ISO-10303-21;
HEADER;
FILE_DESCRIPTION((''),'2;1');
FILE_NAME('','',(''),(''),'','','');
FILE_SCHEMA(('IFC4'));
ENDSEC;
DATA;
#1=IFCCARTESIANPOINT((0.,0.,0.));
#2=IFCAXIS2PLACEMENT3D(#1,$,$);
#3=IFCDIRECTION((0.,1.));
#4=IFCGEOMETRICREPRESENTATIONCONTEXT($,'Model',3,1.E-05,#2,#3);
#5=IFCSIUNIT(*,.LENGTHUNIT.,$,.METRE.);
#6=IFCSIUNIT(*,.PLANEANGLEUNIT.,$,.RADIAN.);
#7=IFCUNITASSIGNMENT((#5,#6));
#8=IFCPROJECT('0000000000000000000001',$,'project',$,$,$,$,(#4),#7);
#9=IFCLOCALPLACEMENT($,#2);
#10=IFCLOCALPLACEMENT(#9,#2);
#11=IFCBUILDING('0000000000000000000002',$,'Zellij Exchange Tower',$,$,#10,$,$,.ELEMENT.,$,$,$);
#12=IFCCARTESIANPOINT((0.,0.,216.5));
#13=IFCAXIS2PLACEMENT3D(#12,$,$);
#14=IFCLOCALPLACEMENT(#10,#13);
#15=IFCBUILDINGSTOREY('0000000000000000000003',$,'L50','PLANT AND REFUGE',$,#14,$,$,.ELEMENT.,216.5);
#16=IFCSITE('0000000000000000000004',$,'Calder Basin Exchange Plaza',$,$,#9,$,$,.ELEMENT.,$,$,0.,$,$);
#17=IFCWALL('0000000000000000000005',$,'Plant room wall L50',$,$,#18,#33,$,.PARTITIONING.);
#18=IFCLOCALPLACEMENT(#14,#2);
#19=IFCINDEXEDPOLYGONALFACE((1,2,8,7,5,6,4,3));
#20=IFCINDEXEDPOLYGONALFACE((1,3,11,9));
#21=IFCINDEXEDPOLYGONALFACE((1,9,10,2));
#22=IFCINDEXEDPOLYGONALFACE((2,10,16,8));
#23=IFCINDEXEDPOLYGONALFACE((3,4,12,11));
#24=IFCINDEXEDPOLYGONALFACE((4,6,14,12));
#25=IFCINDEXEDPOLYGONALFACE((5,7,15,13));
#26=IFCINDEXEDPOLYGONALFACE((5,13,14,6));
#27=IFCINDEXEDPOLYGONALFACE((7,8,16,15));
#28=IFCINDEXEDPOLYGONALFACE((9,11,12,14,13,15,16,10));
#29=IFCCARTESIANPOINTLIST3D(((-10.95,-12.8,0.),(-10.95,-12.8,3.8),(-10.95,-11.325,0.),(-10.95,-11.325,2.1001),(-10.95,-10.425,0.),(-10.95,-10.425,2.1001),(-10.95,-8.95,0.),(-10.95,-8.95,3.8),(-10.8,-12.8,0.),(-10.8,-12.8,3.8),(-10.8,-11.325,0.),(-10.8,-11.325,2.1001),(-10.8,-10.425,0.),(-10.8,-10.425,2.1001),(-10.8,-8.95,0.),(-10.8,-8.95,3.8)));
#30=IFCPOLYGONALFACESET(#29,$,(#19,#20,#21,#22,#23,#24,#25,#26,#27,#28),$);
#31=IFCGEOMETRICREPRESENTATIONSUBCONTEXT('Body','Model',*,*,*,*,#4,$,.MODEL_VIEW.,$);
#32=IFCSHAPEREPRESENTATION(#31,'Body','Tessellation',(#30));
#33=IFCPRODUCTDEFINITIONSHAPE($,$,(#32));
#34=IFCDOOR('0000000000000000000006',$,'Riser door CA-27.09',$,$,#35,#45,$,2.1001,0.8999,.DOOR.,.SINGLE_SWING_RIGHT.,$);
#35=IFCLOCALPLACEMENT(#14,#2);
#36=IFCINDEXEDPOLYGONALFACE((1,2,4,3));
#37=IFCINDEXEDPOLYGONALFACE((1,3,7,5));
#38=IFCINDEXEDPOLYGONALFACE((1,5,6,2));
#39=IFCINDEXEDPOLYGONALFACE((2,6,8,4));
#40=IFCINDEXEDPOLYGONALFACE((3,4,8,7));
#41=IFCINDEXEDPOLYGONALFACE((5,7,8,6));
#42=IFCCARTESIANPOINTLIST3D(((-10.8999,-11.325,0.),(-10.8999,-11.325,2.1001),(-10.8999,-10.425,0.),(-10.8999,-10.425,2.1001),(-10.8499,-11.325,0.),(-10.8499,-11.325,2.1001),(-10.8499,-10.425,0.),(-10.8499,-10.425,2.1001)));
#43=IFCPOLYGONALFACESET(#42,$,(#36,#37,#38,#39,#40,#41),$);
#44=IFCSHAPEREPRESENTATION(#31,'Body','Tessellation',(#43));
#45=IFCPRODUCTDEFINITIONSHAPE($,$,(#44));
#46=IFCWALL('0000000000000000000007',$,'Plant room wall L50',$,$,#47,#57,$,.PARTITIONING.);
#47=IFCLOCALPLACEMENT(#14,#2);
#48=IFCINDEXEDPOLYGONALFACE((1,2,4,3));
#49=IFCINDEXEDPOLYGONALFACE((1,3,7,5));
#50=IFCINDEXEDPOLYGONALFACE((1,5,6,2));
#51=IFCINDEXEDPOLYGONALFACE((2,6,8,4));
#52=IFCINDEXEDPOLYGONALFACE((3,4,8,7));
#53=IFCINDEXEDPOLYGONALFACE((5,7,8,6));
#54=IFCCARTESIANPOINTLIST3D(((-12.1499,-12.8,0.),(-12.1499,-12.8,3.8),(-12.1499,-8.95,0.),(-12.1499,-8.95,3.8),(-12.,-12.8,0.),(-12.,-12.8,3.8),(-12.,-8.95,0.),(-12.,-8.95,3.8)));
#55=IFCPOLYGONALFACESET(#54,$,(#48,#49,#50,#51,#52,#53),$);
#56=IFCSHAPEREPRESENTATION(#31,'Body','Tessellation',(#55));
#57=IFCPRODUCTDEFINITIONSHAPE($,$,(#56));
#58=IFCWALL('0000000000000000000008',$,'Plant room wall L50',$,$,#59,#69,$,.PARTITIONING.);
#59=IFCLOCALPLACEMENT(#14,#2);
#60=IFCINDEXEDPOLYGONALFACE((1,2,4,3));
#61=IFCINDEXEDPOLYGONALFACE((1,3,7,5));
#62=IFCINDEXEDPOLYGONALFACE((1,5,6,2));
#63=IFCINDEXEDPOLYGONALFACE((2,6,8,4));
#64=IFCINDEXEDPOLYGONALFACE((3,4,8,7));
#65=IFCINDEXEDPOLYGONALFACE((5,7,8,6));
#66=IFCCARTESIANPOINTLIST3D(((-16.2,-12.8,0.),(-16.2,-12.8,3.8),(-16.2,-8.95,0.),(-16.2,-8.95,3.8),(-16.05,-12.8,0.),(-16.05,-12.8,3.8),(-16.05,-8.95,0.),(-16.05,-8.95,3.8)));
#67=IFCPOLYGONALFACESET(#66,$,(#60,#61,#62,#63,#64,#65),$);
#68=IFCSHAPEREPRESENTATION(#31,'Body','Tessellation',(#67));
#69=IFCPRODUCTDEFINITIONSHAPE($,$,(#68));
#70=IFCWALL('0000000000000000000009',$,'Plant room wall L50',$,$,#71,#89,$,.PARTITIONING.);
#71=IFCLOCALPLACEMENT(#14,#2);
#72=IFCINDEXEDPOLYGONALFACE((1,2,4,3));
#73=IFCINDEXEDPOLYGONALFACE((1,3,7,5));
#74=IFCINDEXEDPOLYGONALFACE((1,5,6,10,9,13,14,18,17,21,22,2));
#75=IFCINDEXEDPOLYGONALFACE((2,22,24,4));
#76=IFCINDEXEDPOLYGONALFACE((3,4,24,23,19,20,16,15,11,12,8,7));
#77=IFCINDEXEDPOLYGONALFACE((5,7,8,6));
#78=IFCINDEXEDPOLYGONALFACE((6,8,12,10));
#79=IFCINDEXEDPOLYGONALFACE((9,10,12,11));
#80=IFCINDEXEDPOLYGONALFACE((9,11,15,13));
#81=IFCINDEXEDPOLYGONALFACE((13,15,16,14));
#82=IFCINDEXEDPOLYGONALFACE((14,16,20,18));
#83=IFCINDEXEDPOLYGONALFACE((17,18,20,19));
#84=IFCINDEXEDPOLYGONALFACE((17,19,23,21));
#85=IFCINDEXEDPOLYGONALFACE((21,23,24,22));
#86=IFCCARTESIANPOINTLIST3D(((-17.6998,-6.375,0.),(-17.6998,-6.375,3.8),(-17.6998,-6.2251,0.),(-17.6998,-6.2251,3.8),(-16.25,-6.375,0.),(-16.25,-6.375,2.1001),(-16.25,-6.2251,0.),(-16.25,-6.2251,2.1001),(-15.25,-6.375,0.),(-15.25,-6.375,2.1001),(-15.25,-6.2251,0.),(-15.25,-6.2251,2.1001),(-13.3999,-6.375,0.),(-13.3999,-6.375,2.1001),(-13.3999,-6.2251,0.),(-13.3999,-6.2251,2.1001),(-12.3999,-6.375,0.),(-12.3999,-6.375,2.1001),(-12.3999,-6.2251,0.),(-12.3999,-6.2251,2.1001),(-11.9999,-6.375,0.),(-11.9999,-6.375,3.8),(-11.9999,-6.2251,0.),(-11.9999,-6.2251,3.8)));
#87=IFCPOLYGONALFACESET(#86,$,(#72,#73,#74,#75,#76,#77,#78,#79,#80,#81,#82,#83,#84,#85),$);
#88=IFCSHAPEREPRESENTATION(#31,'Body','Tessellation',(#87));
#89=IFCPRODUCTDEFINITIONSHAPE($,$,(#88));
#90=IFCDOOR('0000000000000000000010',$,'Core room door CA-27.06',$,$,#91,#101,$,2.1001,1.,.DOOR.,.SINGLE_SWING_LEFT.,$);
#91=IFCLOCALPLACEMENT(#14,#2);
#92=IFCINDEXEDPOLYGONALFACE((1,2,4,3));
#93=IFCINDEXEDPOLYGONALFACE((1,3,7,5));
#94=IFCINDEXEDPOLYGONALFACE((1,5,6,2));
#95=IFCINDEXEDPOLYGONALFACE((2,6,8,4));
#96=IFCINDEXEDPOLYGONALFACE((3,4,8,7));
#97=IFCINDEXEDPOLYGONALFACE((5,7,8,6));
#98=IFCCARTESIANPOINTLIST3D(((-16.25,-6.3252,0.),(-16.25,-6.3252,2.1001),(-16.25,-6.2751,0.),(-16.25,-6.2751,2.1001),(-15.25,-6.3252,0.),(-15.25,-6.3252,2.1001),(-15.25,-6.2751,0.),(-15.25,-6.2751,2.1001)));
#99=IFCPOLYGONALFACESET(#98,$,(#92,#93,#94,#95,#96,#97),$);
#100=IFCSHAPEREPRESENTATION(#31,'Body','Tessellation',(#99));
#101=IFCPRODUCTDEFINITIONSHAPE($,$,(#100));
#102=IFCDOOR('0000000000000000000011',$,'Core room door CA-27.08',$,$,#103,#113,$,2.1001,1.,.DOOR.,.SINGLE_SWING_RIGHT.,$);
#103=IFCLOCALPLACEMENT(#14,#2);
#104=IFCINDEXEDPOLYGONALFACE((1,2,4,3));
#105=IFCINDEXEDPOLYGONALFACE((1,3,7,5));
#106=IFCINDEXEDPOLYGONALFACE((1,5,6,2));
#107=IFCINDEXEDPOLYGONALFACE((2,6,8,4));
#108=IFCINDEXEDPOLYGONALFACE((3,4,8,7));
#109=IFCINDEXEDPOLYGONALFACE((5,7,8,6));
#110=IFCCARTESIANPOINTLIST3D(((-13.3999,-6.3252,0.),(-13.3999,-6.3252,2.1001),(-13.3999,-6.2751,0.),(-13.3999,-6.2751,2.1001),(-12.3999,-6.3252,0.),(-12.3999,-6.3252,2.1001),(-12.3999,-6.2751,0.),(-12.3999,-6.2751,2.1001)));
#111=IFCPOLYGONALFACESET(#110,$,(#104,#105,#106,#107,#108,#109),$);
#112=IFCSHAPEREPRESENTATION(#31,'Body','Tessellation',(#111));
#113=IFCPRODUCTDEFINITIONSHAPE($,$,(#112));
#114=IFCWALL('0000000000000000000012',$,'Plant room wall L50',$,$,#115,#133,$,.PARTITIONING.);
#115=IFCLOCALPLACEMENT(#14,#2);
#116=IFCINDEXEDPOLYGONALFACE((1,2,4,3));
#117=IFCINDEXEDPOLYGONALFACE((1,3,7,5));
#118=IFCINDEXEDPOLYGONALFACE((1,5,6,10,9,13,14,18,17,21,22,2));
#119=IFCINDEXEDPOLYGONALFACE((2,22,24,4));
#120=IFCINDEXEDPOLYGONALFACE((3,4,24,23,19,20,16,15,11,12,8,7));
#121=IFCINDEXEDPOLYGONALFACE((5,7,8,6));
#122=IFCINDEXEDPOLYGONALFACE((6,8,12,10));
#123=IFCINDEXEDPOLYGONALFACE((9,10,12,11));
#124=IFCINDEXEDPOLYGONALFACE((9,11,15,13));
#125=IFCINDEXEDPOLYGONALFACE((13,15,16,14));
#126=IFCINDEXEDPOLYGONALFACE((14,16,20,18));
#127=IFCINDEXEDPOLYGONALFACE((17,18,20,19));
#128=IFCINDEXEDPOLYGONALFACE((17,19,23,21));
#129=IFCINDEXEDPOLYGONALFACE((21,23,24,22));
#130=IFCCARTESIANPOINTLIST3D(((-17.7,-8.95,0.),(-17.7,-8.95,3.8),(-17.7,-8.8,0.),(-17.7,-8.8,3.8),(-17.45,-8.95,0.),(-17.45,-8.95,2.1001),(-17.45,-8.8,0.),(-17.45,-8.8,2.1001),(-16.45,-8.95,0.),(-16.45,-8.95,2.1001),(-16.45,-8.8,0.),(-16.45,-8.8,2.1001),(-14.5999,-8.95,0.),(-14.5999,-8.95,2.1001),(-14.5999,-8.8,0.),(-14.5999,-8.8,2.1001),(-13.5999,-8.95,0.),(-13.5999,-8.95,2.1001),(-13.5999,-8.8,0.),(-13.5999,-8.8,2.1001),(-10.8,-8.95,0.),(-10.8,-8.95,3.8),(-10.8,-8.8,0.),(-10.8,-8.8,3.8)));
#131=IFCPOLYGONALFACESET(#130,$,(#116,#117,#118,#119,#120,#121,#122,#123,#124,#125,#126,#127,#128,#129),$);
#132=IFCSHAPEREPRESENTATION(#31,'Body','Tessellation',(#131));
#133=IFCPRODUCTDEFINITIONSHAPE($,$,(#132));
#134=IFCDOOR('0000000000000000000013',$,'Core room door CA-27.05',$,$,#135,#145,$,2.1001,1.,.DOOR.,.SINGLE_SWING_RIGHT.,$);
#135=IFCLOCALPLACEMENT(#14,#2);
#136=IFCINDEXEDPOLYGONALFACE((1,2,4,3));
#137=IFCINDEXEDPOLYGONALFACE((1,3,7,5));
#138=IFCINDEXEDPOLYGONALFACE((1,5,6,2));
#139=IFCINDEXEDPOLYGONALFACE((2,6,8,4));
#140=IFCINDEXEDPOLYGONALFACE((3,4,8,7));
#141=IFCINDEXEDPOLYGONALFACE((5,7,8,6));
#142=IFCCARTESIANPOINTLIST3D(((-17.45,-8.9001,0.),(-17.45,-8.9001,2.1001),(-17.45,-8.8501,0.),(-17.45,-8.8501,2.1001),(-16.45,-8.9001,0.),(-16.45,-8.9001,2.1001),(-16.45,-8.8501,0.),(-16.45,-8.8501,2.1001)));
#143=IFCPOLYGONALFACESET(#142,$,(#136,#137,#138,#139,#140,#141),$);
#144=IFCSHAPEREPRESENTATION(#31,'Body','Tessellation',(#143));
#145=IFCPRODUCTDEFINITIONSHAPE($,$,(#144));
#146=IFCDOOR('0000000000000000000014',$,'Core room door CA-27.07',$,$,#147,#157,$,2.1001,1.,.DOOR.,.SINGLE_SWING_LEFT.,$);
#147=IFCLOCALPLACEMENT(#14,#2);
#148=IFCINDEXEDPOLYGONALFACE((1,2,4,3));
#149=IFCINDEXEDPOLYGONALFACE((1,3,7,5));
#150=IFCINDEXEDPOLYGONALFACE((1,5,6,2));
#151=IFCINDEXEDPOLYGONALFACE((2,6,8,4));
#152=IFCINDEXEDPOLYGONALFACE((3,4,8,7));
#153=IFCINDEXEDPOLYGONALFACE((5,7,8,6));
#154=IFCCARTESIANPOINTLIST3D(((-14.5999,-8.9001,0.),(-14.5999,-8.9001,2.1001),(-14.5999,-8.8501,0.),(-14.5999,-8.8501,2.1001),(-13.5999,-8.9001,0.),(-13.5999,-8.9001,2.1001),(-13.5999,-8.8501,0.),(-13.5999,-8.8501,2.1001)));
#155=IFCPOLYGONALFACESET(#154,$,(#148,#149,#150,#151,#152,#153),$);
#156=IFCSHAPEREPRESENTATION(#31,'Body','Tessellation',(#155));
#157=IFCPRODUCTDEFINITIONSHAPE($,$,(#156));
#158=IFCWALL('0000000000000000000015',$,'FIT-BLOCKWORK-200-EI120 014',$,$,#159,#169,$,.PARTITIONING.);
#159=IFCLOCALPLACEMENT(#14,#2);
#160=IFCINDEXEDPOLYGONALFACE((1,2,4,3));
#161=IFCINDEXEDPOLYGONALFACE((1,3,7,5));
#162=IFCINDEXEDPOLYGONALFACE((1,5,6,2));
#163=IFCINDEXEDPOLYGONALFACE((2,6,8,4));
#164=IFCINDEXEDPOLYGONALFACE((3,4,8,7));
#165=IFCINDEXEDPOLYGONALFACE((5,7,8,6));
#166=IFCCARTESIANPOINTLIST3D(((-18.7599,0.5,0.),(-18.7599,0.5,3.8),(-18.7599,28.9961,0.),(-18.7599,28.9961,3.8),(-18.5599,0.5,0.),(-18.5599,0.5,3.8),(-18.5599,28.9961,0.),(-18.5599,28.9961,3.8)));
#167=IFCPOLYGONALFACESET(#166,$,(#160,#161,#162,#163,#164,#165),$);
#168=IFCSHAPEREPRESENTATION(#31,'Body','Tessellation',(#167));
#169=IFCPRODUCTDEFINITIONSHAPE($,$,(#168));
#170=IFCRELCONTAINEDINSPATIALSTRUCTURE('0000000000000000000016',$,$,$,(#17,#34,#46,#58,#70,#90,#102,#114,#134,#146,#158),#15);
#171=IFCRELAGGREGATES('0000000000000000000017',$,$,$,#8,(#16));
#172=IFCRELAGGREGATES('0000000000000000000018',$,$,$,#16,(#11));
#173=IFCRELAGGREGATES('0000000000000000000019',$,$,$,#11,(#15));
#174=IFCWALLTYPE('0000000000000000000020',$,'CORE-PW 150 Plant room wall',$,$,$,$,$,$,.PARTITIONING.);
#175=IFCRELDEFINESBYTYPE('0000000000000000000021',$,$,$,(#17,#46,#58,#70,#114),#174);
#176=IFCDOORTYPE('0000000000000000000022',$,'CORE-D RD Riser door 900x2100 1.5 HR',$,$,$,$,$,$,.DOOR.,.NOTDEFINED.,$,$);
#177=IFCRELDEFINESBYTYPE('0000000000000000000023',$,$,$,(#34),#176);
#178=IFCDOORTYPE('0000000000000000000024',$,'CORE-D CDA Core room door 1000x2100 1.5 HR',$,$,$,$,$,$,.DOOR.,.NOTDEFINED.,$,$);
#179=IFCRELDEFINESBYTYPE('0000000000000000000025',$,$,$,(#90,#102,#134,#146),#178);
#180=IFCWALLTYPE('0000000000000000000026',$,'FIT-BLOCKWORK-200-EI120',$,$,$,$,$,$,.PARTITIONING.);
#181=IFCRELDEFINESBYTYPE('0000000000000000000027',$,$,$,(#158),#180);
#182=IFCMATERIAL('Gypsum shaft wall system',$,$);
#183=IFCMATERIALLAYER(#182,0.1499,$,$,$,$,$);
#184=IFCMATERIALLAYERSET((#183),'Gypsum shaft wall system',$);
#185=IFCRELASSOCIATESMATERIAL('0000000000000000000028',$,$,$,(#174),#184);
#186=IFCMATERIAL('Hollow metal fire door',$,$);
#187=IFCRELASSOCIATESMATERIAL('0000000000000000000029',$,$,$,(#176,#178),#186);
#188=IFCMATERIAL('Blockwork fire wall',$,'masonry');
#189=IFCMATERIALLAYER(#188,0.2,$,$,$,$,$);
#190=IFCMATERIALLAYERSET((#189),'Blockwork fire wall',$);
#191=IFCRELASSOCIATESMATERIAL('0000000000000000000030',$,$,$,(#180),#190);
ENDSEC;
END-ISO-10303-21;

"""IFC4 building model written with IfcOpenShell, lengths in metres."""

from ifc_helpers import new_model, si_unit, direction, frame, frame_2d, origin, place, context, subcontext, project, spatial, rectangle, extrude, material, layer, layer_set, type_object, element, fill, save


model = new_model("IFC4")

# Units and contexts
model_context = context("Model", 3, precision=1e-05, world=origin(), true_north=direction((0.0, 1.0)))
body_context = subcontext(model_context, "Body", "Model", "MODEL_VIEW")
ifc_project = project(units=[si_unit("LENGTHUNIT", "METRE"), si_unit("PLANEANGLEUNIT", "RADIAN")], contexts=[model_context])

# Site, building, storey
site_placement = place(None, origin())
site = spatial("IfcSite", under=ifc_project, at=site_placement, Name="Calder Basin Exchange Plaza", CompositionType="ELEMENT", RefElevation=0.0)
building_placement = place(site_placement, origin())
building = spatial("IfcBuilding", under=site, at=building_placement, Name="Zellij Exchange Tower", CompositionType="ELEMENT")
storey_placement = place(building_placement, frame((0.0, 0.0, 216.5)))
storey = spatial("IfcBuildingStorey", under=building, at=storey_placement, Name="L50", Description="PLANT AND REFUGE", CompositionType="ELEMENT", Elevation=216.5)

# Shared definitions
ifc_material_1 = material(Name="Gypsum shaft wall system")
ifc_layer_1 = layer(ifc_material_1, 0.1499)
ifc_layer_set_1 = layer_set([ifc_layer_1], Name="Gypsum shaft wall system")
wall_type_1 = type_object("IfcWallType", Name="CORE-PW 150 Plant room wall", PredefinedType="PARTITIONING", material=ifc_layer_set_1)

# Wall, opening, door
wall_1_placement = place(storey_placement, frame((-10.875, -12.8, 0.0), z_axis=(0.0, 0.0, 1.0), x_axis=(0.0, 1.0, 0.0)))
wall_1 = element("IfcWall", 1, at=wall_1_placement, inside=storey, type_object=wall_type_1, Name="Plant room wall L50", PredefinedType="PARTITIONING", context=body_context, shape_type="SweptSolid", body=[
    extrude(rectangle(XDim=3.8501, YDim=0.1499, at=frame_2d((1.925, 0.0))), origin(), (0.0, 0.0, 1.0), 3.8),
])
opening_1_placement = place(wall_1_placement, frame((1.4751, 0.0, 0.0)))
opening_1 = element("IfcOpeningElement", 2, at=opening_1_placement, cuts=wall_1, PredefinedType="OPENING", context=body_context, shape_type="SweptSolid", body=[
    extrude(rectangle(XDim=0.8999, YDim=2.1001, at=frame_2d((0.45, 1.05))), frame((0.0, 0.0869, 0.0), z_axis=(0.0, -1.0, 0.0), x_axis=(1.0, 0.0, 0.0)), (0.0, 0.0, 1.0), 0.1738),
])
ifc_material_2 = material(Name="Hollow metal fire door")
door_type_1 = type_object("IfcDoorType", Name="CORE-D RD Riser door 900x2100 1.5 HR", OperationType="NOTDEFINED", PredefinedType="DOOR", material=ifc_material_2)
door_1_placement = place(opening_1_placement, origin())
door_1 = element("IfcDoor", 3, at=door_1_placement, inside=storey, type_object=door_type_1, Name="Riser door CA-27.09", OperationType="SINGLE_SWING_RIGHT", OverallHeight=2.1001, OverallWidth=0.8999, PredefinedType="DOOR", context=body_context, shape_type="SweptSolid", body=[
    extrude(rectangle(XDim=0.8999, YDim=2.1001, at=frame_2d((0.45, 1.05))), frame((0.0, 0.0249, 0.0), z_axis=(0.0, -1.0, 0.0), x_axis=(1.0, 0.0, 0.0)), (0.0, 0.0, 1.0), 0.05),
])
fill(opening_1, door_1)

# Walls
for number, where, z_axis, x_axis, name in (
    (4, (-12.075, -12.8, 0.0), (0.0, 0.0, 1.0), (0.0, 1.0, 0.0), "Plant room wall L50"),
    (5, (-16.125, -12.8, 0.0), (0.0, 0.0, 1.0), (0.0, 1.0, 0.0), "Plant room wall L50"),
):
    element("IfcWall", number, at=place(storey_placement, frame(where, z_axis=z_axis, x_axis=x_axis)), inside=storey, type_object=wall_type_1, Name=name, PredefinedType="PARTITIONING", context=body_context, shape_type="SweptSolid", body=[
        extrude(rectangle(XDim=3.8501, YDim=0.1499, at=frame_2d((1.925, 0.0))), origin(), (0.0, 0.0, 1.0), 3.8),
    ])

# Walls, openings, doors
wall_2_placement = place(storey_placement, frame((-17.7, -6.3, 0.0), z_axis=(0.0, 0.0, 1.0), x_axis=(1.0, 0.0, 0.0)))
wall_2 = element("IfcWall", 6, at=wall_2_placement, inside=storey, type_object=wall_type_1, Name="Plant room wall L50", PredefinedType="PARTITIONING", context=body_context, shape_type="SweptSolid", body=[
    extrude(rectangle(XDim=5.7, YDim=0.1499, at=frame_2d((2.8501, 0.0))), origin(), (0.0, 0.0, 1.0), 3.8),
])
opening_2_placement = place(wall_2_placement, frame((1.45, 0.0, 0.0)))
opening_2 = element("IfcOpeningElement", 7, at=opening_2_placement, cuts=wall_2, PredefinedType="OPENING", context=body_context, shape_type="SweptSolid", body=[
    extrude(rectangle(XDim=1.0, YDim=2.1001, at=frame_2d((0.5, 1.05))), frame((0.0, 0.0869, 0.0), z_axis=(0.0, -1.0, 0.0), x_axis=(1.0, 0.0, 0.0)), (0.0, 0.0, 1.0), 0.1738),
])
opening_3_placement = place(wall_2_placement, frame((4.3, 0.0, 0.0)))
opening_3 = element("IfcOpeningElement", 8, at=opening_3_placement, cuts=wall_2, PredefinedType="OPENING", context=body_context, shape_type="SweptSolid", body=[
    extrude(rectangle(XDim=1.0, YDim=2.1001, at=frame_2d((0.5, 1.05))), frame((0.0, 0.0869, 0.0), z_axis=(0.0, -1.0, 0.0), x_axis=(1.0, 0.0, 0.0)), (0.0, 0.0, 1.0), 0.1738),
])
door_type_2 = type_object("IfcDoorType", Name="CORE-D CDA Core room door 1000x2100 1.5 HR", OperationType="NOTDEFINED", PredefinedType="DOOR", material=ifc_material_2)
door_2_placement = place(opening_2_placement, origin())
door_2 = element("IfcDoor", 9, at=door_2_placement, inside=storey, type_object=door_type_2, Name="Core room door CA-27.06", OperationType="SINGLE_SWING_LEFT", OverallHeight=2.1001, OverallWidth=1.0, PredefinedType="DOOR", context=body_context, shape_type="SweptSolid", body=[
    extrude(rectangle(XDim=1.0, YDim=2.1001, at=frame_2d((0.5, 1.05))), frame((0.0, 0.0249, 0.0), z_axis=(0.0, -1.0, 0.0), x_axis=(1.0, 0.0, 0.0)), (0.0, 0.0, 1.0), 0.05),
])
fill(opening_2, door_2)
door_3_placement = place(opening_3_placement, origin())
door_3 = element("IfcDoor", 10, at=door_3_placement, inside=storey, type_object=door_type_2, Name="Core room door CA-27.08", OperationType="SINGLE_SWING_RIGHT", OverallHeight=2.1001, OverallWidth=1.0, PredefinedType="DOOR", context=body_context, shape_type="SweptSolid", body=[
    extrude(rectangle(XDim=1.0, YDim=2.1001, at=frame_2d((0.5, 1.05))), frame((0.0, 0.0249, 0.0), z_axis=(0.0, -1.0, 0.0), x_axis=(1.0, 0.0, 0.0)), (0.0, 0.0, 1.0), 0.05),
])
fill(opening_3, door_3)
wall_3_placement = place(storey_placement, frame((-17.7, -8.875, 0.0), z_axis=(0.0, 0.0, 1.0), x_axis=(1.0, 0.0, 0.0)))
wall_3 = element("IfcWall", 11, at=wall_3_placement, inside=storey, type_object=wall_type_1, Name="Plant room wall L50", PredefinedType="PARTITIONING", context=body_context, shape_type="SweptSolid", body=[
    extrude(rectangle(XDim=6.8999, YDim=0.1499, at=frame_2d((3.45, 0.0))), origin(), (0.0, 0.0, 1.0), 3.8),
])
opening_4_placement = place(wall_3_placement, frame((0.25, 0.0, 0.0)))
opening_4 = element("IfcOpeningElement", 12, at=opening_4_placement, cuts=wall_3, PredefinedType="OPENING", context=body_context, shape_type="SweptSolid", body=[
    extrude(rectangle(XDim=1.0, YDim=2.1001, at=frame_2d((0.5, 1.05))), frame((0.0, 0.0869, 0.0), z_axis=(0.0, -1.0, 0.0), x_axis=(1.0, 0.0, 0.0)), (0.0, 0.0, 1.0), 0.1738),
])
opening_5_placement = place(wall_3_placement, frame((3.1001, 0.0, 0.0)))
opening_5 = element("IfcOpeningElement", 13, at=opening_5_placement, cuts=wall_3, PredefinedType="OPENING", context=body_context, shape_type="SweptSolid", body=[
    extrude(rectangle(XDim=1.0, YDim=2.1001, at=frame_2d((0.5, 1.05))), frame((0.0, 0.0869, 0.0), z_axis=(0.0, -1.0, 0.0), x_axis=(1.0, 0.0, 0.0)), (0.0, 0.0, 1.0), 0.1738),
])
door_4_placement = place(opening_4_placement, origin())
door_4 = element("IfcDoor", 14, at=door_4_placement, inside=storey, type_object=door_type_2, Name="Core room door CA-27.05", OperationType="SINGLE_SWING_RIGHT", OverallHeight=2.1001, OverallWidth=1.0, PredefinedType="DOOR", context=body_context, shape_type="SweptSolid", body=[
    extrude(rectangle(XDim=1.0, YDim=2.1001, at=frame_2d((0.5, 1.05))), frame((0.0, 0.0249, 0.0), z_axis=(0.0, -1.0, 0.0), x_axis=(1.0, 0.0, 0.0)), (0.0, 0.0, 1.0), 0.05),
])
fill(opening_4, door_4)
door_5_placement = place(opening_5_placement, origin())
door_5 = element("IfcDoor", 15, at=door_5_placement, inside=storey, type_object=door_type_2, Name="Core room door CA-27.07", OperationType="SINGLE_SWING_LEFT", OverallHeight=2.1001, OverallWidth=1.0, PredefinedType="DOOR", context=body_context, shape_type="SweptSolid", body=[
    extrude(rectangle(XDim=1.0, YDim=2.1001, at=frame_2d((0.5, 1.05))), frame((0.0, 0.0249, 0.0), z_axis=(0.0, -1.0, 0.0), x_axis=(1.0, 0.0, 0.0)), (0.0, 0.0, 1.0), 0.05),
])
fill(opening_5, door_5)

# Wall
ifc_material_3 = material(Name="Blockwork fire wall", Category="masonry")
ifc_layer_2 = layer(ifc_material_3, 0.2)
ifc_layer_set_2 = layer_set([ifc_layer_2], Name="Blockwork fire wall")
wall_type_2 = type_object("IfcWallType", Name="FIT-BLOCKWORK-200-EI120", PredefinedType="PARTITIONING", material=ifc_layer_set_2)
wall_4_placement = place(storey_placement, frame((-18.6599, 0.5, 0.0), z_axis=(0.0, 0.0, 1.0), x_axis=(0.0, 1.0, 0.0)))
element("IfcWall", 16, at=wall_4_placement, inside=storey, type_object=wall_type_2, Name="FIT-BLOCKWORK-200-EI120 014", PredefinedType="PARTITIONING", context=body_context, shape_type="SweptSolid", body=[
    extrude(rectangle(XDim=28.4961, YDim=0.2, at=frame_2d((14.248, 0.0))), origin(), (0.0, 0.0, 1.0), 3.8),
])

save(model, "model.ifc")
